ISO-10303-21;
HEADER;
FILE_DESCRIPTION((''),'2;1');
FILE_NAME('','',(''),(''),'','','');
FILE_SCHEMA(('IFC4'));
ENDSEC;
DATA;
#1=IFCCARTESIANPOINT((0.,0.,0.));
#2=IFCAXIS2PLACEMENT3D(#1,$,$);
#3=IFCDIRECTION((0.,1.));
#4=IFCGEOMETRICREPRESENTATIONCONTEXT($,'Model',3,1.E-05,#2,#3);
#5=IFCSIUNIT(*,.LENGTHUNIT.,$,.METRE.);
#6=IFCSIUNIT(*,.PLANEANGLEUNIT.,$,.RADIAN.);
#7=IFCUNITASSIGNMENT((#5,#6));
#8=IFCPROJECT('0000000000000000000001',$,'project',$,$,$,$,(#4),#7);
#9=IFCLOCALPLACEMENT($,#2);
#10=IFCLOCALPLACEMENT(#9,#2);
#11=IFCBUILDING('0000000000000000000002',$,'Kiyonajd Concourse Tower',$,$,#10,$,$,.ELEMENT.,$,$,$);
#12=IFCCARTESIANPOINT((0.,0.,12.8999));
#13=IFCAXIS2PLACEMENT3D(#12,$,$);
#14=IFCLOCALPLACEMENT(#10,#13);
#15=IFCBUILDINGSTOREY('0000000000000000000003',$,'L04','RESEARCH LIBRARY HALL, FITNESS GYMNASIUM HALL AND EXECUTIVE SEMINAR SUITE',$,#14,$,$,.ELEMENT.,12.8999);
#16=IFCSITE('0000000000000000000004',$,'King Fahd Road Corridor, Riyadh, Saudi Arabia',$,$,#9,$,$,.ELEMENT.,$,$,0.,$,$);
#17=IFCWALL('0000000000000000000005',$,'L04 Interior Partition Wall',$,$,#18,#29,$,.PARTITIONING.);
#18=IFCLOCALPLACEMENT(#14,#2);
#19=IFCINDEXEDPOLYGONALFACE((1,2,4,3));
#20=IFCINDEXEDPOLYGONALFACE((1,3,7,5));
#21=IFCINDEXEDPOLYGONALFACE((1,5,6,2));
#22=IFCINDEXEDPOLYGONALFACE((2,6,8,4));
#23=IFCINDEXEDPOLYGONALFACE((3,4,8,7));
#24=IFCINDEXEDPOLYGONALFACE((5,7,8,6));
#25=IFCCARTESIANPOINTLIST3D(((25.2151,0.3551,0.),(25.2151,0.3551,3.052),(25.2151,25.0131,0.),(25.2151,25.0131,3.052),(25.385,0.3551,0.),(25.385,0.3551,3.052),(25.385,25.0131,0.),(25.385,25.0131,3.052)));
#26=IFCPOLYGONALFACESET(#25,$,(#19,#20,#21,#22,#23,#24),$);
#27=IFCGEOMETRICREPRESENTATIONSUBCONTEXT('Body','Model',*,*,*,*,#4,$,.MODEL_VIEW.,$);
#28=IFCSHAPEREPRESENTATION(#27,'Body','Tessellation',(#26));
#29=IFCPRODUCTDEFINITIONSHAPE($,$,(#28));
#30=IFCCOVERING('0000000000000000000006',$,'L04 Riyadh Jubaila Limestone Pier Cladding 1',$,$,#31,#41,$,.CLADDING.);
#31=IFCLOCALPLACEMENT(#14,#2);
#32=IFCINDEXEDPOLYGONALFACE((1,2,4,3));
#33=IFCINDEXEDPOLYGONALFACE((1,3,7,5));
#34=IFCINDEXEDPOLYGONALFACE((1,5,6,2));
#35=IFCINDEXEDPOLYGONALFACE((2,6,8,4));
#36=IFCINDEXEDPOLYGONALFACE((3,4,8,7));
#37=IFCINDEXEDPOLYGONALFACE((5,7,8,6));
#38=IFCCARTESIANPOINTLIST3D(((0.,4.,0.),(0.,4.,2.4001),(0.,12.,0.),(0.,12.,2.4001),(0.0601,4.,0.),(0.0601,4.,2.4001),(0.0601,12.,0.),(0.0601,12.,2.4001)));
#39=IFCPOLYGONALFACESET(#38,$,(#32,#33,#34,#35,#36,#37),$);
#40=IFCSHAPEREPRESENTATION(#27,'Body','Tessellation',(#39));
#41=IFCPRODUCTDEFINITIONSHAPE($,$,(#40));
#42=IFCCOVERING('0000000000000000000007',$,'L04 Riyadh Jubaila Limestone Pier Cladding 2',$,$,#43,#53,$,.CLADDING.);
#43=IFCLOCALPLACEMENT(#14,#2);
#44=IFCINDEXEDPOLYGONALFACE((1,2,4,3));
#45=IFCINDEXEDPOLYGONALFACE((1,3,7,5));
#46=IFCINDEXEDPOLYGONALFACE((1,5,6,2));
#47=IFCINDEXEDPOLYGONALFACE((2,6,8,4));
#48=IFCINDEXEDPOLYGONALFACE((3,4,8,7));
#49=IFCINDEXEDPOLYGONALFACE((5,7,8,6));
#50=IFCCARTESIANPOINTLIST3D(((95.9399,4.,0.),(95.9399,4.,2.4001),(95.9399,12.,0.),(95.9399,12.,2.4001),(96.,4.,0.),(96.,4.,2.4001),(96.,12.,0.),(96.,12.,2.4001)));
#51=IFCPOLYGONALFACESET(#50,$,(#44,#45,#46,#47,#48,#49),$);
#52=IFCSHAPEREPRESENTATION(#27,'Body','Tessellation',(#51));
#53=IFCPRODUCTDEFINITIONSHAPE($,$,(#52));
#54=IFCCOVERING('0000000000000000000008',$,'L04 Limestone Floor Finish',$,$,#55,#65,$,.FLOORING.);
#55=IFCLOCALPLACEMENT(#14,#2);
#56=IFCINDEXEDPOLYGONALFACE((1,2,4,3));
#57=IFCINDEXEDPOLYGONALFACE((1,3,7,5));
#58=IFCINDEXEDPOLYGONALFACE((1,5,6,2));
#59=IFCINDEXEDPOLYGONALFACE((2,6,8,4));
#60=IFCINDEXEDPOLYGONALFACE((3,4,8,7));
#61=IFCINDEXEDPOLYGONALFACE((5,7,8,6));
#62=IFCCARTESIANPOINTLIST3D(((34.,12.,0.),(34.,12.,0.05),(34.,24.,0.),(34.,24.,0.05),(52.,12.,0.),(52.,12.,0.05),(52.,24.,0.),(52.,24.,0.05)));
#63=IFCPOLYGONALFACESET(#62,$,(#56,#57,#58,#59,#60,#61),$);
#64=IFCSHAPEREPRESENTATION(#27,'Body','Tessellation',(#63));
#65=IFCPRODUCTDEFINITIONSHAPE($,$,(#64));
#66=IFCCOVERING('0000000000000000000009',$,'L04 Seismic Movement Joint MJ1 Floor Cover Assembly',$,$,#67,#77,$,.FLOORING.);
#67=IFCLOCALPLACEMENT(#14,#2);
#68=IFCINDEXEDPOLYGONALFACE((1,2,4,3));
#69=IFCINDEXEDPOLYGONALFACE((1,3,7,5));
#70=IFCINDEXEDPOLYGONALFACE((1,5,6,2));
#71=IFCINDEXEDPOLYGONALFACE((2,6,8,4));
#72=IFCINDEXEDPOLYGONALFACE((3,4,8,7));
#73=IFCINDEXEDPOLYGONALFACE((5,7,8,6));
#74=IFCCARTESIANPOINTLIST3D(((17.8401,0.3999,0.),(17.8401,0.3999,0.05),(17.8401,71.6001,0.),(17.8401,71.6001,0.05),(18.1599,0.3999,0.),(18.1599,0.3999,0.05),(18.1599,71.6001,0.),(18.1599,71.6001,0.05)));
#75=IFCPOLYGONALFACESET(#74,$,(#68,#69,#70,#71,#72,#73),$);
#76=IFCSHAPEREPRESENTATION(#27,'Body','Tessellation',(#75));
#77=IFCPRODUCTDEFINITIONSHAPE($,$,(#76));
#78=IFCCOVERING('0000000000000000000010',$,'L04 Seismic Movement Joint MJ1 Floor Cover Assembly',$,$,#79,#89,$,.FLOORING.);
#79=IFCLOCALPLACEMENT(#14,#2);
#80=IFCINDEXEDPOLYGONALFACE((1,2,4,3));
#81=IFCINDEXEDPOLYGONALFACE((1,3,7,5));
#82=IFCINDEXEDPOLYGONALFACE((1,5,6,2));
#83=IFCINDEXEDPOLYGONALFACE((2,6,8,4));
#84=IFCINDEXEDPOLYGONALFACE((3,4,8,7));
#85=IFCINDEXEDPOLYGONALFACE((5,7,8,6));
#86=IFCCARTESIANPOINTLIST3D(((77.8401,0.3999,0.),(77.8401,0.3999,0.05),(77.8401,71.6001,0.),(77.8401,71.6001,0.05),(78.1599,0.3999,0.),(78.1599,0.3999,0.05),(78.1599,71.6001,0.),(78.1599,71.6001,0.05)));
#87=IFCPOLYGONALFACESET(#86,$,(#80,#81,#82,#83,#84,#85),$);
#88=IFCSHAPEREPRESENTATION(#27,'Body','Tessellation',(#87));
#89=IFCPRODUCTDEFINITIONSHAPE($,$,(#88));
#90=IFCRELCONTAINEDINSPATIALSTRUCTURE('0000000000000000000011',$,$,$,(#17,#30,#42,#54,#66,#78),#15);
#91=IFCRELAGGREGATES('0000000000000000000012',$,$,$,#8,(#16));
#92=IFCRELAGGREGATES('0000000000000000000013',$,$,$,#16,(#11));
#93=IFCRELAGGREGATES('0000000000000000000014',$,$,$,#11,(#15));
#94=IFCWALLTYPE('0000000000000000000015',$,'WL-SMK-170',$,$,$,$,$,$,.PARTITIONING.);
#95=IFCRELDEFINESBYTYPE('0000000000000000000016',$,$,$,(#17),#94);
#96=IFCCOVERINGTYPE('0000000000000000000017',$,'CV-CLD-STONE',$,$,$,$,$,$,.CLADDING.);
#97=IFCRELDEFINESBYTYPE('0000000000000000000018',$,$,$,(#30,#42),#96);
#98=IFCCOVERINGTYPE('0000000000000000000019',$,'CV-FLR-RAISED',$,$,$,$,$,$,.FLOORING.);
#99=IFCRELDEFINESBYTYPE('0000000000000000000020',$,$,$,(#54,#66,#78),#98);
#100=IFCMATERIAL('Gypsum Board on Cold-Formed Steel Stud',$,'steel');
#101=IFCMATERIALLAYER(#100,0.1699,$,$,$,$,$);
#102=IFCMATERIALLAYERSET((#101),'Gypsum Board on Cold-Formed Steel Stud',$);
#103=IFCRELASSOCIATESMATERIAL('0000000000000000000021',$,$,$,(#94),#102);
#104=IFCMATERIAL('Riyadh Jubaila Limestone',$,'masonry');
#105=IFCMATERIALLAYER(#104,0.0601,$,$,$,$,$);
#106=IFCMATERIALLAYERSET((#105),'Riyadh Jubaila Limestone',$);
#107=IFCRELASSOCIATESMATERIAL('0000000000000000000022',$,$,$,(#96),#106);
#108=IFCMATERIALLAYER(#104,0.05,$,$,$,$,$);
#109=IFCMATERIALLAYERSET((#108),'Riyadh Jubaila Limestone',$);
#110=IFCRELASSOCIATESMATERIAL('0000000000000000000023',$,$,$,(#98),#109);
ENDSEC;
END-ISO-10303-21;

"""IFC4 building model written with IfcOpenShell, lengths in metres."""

from ifc_helpers import new_model, si_unit, direction, frame, frame_2d, origin, place, context, subcontext, project, spatial, polyline, rectangle, outline, extrude, material, layer, layer_set, type_object, element, save


model = new_model("IFC4")

# Units and contexts
model_context = context("Model", 3, precision=1e-05, world=origin(), true_north=direction((0.0, 1.0)))
body_context = subcontext(model_context, "Body", "Model", "MODEL_VIEW")
ifc_project = project(units=[si_unit("LENGTHUNIT", "METRE"), si_unit("PLANEANGLEUNIT", "RADIAN")], contexts=[model_context])

# Site, building, storey
site_placement = place(None, origin())
site = spatial("IfcSite", under=ifc_project, at=site_placement, Name="King Fahd Road Corridor, Riyadh, Saudi Arabia", CompositionType="ELEMENT", RefElevation=0.0)
building_placement = place(site_placement, origin())
building = spatial("IfcBuilding", under=site, at=building_placement, Name="Kiyonajd Concourse Tower", CompositionType="ELEMENT")
storey_placement = place(building_placement, frame((0.0, 0.0, 12.8999)))
storey = spatial("IfcBuildingStorey", under=building, at=storey_placement, Name="L04", Description="RESEARCH LIBRARY HALL, FITNESS GYMNASIUM HALL AND EXECUTIVE SEMINAR SUITE", CompositionType="ELEMENT", Elevation=12.8999)

# Wall
ifc_material_1 = material(Name="Gypsum Board on Cold-Formed Steel Stud", Category="steel")
ifc_layer_1 = layer(ifc_material_1, 0.1699)
ifc_layer_set_1 = layer_set([ifc_layer_1], Name="Gypsum Board on Cold-Formed Steel Stud")
wall_type_1 = type_object("IfcWallType", Name="WL-SMK-170", PredefinedType="PARTITIONING", material=ifc_layer_set_1)
wall_1_placement = place(storey_placement, frame((25.3, 0.355, 0.0), z_axis=(0.0, 0.0, 1.0), x_axis=(0.0, 1.0, 0.0)))
element("IfcWall", 1, at=wall_1_placement, inside=storey, type_object=wall_type_1, Name="L04 Interior Partition Wall", PredefinedType="PARTITIONING", context=body_context, shape_type="SweptSolid", body=[
    extrude(rectangle(XDim=24.658, YDim=0.1699, at=frame_2d((12.3291, 0.0))), origin(), (0.0, 0.0, 1.0), 3.052),
])

# Coverings
ifc_material_2 = material(Name="Riyadh Jubaila Limestone", Category="masonry")
ifc_layer_2 = layer(ifc_material_2, 0.0601)
ifc_layer_set_2 = layer_set([ifc_layer_2], Name="Riyadh Jubaila Limestone")
covering_type_1 = type_object("IfcCoveringType", Name="CV-CLD-STONE", PredefinedType="CLADDING", material=ifc_layer_set_2)
covering_1_placement = place(storey_placement, origin())
element("IfcCovering", 2, at=covering_1_placement, inside=storey, type_object=covering_type_1, Name="L04 Riyadh Jubaila Limestone Pier Cladding 1", PredefinedType="CLADDING", context=body_context, shape_type="SweptSolid", body=[
    extrude(outline(polyline([(0.0, 4.0), (0.0601, 4.0), (0.0601, 12.0), (0.0, 12.0), (0.0, 4.0)])), origin(), (0.0, 0.0, 1.0), 2.4001),
])
covering_2_placement = place(storey_placement, origin())
element("IfcCovering", 3, at=covering_2_placement, inside=storey, type_object=covering_type_1, Name="L04 Riyadh Jubaila Limestone Pier Cladding 2", PredefinedType="CLADDING", context=body_context, shape_type="SweptSolid", body=[
    extrude(outline(polyline([(95.9399, 4.0), (96.0, 4.0), (96.0, 12.0), (95.9399, 12.0), (95.9399, 4.0)])), origin(), (0.0, 0.0, 1.0), 2.4001),
])
ifc_layer_3 = layer(ifc_material_2, 0.05)
ifc_layer_set_3 = layer_set([ifc_layer_3], Name="Riyadh Jubaila Limestone")
covering_type_2 = type_object("IfcCoveringType", Name="CV-FLR-RAISED", PredefinedType="FLOORING", material=ifc_layer_set_3)
covering_3_placement = place(storey_placement, origin())
element("IfcCovering", 4, at=covering_3_placement, inside=storey, type_object=covering_type_2, Name="L04 Limestone Floor Finish", PredefinedType="FLOORING", context=body_context, shape_type="SweptSolid", body=[
    extrude(outline(polyline([(34.0, 12.0), (52.0, 12.0), (52.0, 24.0), (34.0, 24.0), (34.0, 12.0)])), origin(), (0.0, 0.0, 1.0), 0.05),
])
covering_4_placement = place(storey_placement, origin())
element("IfcCovering", 5, at=covering_4_placement, inside=storey, type_object=covering_type_2, Name="L04 Seismic Movement Joint MJ1 Floor Cover Assembly", PredefinedType="FLOORING", context=body_context, shape_type="SweptSolid", body=[
    extrude(outline(polyline([(17.8401, 0.3999), (18.1599, 0.3999), (18.1599, 71.6001), (17.8401, 71.6001), (17.8401, 0.3999)])), origin(), (0.0, 0.0, 1.0), 0.05),
])
covering_5_placement = place(storey_placement, origin())
element("IfcCovering", 6, at=covering_5_placement, inside=storey, type_object=covering_type_2, Name="L04 Seismic Movement Joint MJ1 Floor Cover Assembly", PredefinedType="FLOORING", context=body_context, shape_type="SweptSolid", body=[
    extrude(outline(polyline([(77.8401, 0.3999), (78.1599, 0.3999), (78.1599, 71.6001), (77.8401, 71.6001), (77.8401, 0.3999)])), origin(), (0.0, 0.0, 1.0), 0.05),
])

save(model, "model.ifc")
